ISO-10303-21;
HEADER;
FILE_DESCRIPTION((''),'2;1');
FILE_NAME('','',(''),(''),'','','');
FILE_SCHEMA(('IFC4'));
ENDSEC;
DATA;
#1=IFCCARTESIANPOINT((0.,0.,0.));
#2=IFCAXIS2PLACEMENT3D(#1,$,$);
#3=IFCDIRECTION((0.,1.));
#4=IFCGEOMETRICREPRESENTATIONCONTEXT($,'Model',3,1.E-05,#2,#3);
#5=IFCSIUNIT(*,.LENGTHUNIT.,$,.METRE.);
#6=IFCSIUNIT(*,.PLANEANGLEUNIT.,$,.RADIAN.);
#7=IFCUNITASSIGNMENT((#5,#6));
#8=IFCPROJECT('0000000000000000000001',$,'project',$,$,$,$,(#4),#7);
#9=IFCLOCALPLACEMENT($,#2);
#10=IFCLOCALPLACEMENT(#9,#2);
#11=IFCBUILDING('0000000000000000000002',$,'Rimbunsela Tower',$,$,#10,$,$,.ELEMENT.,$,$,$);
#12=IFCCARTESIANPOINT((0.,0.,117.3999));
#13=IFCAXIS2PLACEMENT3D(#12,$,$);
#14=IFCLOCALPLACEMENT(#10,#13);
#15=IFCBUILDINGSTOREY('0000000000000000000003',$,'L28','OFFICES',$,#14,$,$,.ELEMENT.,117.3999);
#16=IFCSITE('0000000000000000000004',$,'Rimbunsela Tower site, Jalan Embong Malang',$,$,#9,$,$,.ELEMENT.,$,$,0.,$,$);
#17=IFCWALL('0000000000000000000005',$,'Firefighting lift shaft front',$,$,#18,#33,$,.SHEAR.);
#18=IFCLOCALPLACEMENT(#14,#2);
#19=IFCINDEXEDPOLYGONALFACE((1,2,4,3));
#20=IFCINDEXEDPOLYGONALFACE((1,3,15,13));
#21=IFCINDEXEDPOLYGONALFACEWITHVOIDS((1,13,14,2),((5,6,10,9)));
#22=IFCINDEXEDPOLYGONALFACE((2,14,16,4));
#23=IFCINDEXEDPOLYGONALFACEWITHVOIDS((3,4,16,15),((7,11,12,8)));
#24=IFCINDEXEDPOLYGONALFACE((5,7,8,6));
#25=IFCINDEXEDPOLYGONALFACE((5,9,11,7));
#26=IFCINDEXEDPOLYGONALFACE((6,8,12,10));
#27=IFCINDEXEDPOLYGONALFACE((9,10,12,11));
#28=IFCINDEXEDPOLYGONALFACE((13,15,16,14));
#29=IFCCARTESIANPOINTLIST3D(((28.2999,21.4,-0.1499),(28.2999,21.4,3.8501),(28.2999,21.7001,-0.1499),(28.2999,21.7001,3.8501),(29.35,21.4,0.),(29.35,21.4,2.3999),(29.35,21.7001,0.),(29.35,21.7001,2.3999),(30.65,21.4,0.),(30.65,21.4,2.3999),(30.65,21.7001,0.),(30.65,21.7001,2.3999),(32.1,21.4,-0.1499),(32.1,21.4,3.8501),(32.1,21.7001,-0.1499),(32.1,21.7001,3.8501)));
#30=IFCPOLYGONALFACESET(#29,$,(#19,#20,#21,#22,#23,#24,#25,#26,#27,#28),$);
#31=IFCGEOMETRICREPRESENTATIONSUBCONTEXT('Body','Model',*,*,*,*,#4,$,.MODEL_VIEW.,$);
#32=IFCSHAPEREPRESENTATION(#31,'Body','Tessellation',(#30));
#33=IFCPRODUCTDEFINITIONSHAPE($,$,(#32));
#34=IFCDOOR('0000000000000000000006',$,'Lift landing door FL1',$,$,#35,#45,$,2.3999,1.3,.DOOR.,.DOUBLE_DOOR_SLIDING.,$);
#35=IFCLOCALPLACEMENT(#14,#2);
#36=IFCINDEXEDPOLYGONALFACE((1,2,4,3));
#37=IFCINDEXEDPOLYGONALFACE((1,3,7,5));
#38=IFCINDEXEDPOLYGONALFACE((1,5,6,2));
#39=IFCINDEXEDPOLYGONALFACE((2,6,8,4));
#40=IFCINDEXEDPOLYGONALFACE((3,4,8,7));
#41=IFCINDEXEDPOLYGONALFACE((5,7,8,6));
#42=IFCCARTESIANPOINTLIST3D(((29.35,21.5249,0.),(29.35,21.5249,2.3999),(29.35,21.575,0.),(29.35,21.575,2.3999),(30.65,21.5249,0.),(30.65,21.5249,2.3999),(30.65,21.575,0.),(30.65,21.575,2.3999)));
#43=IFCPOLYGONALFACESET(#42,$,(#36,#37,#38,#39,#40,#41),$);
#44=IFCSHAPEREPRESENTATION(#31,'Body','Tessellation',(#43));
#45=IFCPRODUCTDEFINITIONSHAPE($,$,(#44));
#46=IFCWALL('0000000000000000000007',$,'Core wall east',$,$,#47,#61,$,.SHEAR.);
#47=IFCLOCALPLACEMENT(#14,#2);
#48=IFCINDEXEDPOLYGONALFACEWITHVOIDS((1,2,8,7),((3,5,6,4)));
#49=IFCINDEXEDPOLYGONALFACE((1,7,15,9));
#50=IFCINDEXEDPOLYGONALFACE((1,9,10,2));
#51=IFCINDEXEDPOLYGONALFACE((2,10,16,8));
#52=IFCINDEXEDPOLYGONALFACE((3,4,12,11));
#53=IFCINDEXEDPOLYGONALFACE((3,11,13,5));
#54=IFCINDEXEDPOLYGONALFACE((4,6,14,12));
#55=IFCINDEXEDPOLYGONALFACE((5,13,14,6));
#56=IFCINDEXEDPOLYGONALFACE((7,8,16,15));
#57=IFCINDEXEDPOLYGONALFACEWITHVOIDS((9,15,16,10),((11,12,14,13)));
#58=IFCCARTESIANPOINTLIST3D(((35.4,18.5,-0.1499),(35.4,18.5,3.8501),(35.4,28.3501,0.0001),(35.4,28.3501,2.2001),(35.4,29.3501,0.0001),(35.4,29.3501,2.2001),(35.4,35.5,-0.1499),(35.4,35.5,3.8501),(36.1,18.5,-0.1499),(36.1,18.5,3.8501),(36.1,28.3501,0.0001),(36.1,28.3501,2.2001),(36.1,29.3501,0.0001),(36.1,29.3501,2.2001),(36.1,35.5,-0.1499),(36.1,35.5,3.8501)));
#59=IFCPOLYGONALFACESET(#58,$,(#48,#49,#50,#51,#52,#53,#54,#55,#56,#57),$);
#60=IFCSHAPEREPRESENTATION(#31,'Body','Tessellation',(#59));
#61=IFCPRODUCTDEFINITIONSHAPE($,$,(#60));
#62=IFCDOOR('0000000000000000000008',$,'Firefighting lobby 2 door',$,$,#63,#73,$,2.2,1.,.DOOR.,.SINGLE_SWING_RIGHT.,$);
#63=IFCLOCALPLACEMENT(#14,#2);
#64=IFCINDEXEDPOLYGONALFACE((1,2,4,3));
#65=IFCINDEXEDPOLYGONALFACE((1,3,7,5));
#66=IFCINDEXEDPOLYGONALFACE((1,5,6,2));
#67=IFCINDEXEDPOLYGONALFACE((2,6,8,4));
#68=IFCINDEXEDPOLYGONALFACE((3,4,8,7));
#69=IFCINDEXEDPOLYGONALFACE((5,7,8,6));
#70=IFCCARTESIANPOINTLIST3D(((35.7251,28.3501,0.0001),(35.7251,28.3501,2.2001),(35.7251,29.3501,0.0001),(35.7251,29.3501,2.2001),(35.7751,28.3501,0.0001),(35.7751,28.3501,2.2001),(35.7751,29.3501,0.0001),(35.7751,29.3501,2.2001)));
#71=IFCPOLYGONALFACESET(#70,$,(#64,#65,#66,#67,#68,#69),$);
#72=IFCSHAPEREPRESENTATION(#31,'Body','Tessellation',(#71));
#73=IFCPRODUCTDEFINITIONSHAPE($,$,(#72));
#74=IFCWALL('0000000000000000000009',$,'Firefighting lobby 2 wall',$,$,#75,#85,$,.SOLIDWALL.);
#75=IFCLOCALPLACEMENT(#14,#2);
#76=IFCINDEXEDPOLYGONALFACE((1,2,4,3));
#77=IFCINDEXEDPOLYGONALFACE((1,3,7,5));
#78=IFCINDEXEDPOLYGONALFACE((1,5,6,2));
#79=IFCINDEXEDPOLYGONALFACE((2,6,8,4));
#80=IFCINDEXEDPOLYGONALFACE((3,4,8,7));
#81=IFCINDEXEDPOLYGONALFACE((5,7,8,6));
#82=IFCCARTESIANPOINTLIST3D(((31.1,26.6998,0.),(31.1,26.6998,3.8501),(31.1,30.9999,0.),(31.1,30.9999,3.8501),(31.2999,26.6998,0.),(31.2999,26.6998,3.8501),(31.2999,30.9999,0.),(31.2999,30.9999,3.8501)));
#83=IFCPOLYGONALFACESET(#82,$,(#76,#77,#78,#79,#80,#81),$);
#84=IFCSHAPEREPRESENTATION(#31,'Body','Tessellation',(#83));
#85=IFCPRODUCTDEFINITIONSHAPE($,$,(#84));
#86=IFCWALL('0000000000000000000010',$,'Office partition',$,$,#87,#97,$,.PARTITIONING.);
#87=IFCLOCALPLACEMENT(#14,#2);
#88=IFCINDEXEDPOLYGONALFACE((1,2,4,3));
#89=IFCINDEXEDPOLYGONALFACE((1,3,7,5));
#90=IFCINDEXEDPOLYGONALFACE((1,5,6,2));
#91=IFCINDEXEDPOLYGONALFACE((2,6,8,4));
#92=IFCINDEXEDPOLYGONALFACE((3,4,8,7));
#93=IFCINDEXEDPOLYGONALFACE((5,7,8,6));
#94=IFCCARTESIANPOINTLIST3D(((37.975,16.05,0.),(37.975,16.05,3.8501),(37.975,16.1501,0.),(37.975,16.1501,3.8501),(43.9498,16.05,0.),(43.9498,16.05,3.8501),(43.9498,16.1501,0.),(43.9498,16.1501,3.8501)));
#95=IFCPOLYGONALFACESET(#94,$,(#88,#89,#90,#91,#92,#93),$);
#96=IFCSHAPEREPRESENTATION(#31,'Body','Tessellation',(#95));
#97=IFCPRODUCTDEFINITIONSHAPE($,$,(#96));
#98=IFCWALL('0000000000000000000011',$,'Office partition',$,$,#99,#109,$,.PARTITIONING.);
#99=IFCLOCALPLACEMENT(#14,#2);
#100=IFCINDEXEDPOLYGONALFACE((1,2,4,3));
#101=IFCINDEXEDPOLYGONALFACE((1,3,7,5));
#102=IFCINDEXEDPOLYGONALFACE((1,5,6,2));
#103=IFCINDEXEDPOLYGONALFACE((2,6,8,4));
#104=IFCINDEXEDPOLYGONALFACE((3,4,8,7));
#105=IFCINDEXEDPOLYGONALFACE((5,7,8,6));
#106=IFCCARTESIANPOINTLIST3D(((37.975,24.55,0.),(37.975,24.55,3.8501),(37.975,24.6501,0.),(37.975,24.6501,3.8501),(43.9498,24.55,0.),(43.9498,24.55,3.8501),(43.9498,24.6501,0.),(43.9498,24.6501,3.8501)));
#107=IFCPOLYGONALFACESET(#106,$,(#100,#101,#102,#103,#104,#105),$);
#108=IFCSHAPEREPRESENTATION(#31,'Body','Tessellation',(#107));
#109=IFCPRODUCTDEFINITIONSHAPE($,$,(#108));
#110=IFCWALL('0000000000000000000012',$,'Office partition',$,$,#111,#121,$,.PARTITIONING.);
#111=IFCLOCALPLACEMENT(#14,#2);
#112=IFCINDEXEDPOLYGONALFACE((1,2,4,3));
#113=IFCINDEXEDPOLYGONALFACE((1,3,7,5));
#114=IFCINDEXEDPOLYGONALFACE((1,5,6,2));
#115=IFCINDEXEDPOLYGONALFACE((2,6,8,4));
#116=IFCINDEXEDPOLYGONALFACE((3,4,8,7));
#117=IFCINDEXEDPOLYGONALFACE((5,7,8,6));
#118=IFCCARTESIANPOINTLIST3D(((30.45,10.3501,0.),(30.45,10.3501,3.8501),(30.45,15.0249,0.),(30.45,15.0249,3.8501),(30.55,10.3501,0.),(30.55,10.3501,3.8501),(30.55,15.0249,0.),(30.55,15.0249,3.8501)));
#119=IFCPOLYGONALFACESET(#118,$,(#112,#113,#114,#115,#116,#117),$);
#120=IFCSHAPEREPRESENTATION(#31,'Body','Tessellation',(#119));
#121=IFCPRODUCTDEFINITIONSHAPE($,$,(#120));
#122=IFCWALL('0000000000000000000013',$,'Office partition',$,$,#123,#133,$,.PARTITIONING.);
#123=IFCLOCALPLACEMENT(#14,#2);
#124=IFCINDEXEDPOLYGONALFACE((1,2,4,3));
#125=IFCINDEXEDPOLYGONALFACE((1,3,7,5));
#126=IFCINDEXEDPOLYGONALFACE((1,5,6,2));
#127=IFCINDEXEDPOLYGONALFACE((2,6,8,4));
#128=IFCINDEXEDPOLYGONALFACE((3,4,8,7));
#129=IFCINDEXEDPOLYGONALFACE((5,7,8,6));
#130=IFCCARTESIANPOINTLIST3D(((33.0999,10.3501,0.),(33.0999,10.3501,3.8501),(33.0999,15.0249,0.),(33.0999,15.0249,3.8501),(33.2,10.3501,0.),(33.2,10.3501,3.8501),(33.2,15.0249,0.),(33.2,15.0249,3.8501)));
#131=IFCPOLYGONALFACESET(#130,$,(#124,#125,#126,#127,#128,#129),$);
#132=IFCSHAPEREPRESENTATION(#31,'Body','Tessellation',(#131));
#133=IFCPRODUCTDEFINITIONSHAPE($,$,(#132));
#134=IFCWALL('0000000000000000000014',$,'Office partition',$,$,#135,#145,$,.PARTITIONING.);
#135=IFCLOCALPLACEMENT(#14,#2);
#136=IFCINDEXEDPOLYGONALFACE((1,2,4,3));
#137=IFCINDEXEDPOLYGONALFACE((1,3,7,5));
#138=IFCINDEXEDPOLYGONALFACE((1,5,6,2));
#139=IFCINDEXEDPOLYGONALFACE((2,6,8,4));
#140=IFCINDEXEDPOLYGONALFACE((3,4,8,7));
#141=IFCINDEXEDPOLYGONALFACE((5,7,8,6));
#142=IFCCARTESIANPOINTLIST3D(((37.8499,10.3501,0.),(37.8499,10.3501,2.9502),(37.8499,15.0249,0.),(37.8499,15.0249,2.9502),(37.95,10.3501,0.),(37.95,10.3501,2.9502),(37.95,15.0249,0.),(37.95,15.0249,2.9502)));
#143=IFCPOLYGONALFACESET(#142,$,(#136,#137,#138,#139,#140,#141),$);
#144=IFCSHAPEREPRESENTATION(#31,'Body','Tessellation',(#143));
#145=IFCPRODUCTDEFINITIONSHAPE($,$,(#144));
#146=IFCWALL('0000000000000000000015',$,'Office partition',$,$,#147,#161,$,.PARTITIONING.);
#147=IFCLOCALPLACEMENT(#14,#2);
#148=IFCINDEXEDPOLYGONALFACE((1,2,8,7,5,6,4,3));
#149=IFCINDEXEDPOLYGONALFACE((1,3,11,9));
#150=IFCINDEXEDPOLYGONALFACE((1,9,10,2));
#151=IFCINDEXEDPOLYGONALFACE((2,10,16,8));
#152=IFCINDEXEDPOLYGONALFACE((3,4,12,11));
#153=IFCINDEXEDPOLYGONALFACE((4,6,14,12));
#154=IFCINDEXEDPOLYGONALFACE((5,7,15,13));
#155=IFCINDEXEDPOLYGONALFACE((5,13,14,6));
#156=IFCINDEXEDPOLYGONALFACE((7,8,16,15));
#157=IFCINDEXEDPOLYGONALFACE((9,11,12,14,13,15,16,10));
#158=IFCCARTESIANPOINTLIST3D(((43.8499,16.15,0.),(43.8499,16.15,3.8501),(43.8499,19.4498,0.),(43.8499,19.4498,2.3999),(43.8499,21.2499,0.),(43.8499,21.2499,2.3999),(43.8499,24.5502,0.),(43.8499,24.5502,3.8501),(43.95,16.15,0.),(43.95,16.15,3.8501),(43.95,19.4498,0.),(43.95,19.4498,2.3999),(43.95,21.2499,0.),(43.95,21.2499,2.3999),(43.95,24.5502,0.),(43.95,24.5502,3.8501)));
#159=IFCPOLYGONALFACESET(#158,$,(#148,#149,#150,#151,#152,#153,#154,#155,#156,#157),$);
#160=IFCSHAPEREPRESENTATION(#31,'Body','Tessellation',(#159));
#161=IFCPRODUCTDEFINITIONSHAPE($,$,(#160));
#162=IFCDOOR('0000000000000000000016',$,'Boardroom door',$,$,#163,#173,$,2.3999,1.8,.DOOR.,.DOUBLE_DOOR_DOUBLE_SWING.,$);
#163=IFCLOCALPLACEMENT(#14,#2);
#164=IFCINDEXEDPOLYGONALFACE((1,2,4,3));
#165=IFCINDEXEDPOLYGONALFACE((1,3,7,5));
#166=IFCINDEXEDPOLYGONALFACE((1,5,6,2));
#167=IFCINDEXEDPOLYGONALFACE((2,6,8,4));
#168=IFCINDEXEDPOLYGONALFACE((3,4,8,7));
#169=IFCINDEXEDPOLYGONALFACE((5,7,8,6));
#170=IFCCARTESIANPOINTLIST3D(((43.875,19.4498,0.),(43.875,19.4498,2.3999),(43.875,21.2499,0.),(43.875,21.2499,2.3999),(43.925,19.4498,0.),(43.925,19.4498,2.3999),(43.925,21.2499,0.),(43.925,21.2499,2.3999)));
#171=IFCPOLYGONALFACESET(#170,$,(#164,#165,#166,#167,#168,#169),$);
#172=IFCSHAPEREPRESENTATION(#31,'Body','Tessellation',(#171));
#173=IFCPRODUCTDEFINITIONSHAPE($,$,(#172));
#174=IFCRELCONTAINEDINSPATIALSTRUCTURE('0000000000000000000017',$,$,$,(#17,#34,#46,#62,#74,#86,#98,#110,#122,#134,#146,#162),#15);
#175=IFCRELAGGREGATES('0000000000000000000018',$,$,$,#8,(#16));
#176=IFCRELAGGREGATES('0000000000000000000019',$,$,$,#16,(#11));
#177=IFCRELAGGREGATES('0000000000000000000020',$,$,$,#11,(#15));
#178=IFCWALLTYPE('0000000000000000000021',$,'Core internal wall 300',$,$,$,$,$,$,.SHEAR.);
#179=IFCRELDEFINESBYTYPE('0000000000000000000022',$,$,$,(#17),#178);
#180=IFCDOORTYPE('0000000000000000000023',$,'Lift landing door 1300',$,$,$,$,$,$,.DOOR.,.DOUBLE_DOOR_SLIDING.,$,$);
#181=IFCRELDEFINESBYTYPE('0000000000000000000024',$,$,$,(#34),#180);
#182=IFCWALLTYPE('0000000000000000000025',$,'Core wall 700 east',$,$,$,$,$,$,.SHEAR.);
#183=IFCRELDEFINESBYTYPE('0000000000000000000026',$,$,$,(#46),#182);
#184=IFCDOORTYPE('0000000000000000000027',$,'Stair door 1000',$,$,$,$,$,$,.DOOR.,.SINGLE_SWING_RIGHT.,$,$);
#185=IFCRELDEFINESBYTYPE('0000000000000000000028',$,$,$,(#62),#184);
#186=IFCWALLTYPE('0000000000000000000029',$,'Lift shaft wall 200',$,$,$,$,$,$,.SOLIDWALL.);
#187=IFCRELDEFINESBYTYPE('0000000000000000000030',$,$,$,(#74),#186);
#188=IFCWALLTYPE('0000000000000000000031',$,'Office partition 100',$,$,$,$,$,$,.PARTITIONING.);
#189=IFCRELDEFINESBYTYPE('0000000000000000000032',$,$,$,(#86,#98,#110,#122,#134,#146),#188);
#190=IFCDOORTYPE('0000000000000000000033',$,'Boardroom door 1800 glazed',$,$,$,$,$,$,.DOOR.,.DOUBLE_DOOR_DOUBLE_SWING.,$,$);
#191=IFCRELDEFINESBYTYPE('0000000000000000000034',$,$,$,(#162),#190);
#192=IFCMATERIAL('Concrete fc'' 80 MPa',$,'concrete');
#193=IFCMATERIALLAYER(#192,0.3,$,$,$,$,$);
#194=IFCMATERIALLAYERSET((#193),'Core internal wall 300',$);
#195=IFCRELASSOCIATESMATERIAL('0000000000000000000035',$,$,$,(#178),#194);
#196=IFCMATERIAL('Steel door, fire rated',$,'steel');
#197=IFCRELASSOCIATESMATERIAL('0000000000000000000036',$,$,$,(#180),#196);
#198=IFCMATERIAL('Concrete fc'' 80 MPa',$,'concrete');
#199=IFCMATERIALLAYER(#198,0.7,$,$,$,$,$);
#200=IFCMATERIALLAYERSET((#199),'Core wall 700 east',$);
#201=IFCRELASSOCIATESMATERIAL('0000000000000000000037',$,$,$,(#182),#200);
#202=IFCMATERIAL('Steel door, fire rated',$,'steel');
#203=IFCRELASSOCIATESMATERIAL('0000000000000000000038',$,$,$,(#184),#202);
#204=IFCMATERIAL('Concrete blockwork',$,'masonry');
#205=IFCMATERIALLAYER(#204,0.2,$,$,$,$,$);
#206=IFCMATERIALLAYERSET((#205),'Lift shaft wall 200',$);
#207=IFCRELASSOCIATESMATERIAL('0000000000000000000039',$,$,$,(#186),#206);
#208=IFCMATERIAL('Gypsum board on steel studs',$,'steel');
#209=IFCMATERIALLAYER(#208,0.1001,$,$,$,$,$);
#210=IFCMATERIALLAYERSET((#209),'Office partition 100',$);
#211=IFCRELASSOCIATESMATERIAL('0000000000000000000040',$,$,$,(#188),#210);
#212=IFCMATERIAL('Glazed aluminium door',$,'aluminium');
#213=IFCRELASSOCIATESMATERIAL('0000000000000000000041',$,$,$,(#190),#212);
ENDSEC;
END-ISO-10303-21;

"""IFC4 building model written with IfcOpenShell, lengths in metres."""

from ifc_helpers import new_model, si_unit, direction, frame, frame_2d, origin, place, context, subcontext, project, spatial, rectangle, extrude, material, layer, layer_set, type_object, element, fill, save


model = new_model("IFC4")

# Units and contexts
model_context = context("Model", 3, precision=1e-05, world=origin(), true_north=direction((0.0, 1.0)))
body_context = subcontext(model_context, "Body", "Model", "MODEL_VIEW")
ifc_project = project(units=[si_unit("LENGTHUNIT", "METRE"), si_unit("PLANEANGLEUNIT", "RADIAN")], contexts=[model_context])

# Site, building, storey
site_placement = place(None, origin())
site = spatial("IfcSite", under=ifc_project, at=site_placement, Name="Rimbunsela Tower site, Jalan Embong Malang", CompositionType="ELEMENT", RefElevation=0.0)
building_placement = place(site_placement, origin())
building = spatial("IfcBuilding", under=site, at=building_placement, Name="Rimbunsela Tower", CompositionType="ELEMENT")
storey_placement = place(building_placement, frame((0.0, 0.0, 117.3999)))
storey = spatial("IfcBuildingStorey", under=building, at=storey_placement, Name="L28", Description="OFFICES", CompositionType="ELEMENT", Elevation=117.3999)

# Shared definitions
ifc_material_1 = material(Name="Concrete fc' 80 MPa", Category="concrete")
ifc_layer_1 = layer(ifc_material_1, 0.3)
ifc_layer_set_1 = layer_set([ifc_layer_1], Name="Core internal wall 300")
wall_type_1 = type_object("IfcWallType", Name="Core internal wall 300", PredefinedType="SHEAR", material=ifc_layer_set_1)

# Walls, openings, doors
wall_1_placement = place(storey_placement, frame((28.3, 21.55, -0.1499), z_axis=(0.0, 0.0, 1.0), x_axis=(1.0, 0.0, 0.0)))
wall_1 = element("IfcWall", 1, at=wall_1_placement, inside=storey, type_object=wall_type_1, Name="Firefighting lift shaft front", PredefinedType="SHEAR", context=body_context, shape_type="SweptSolid", body=[
    extrude(rectangle(XDim=3.8, YDim=0.3, at=frame_2d((1.8999, 0.0))), origin(), (0.0, 0.0, 1.0), 4.0),
])
opening_1_placement = place(wall_1_placement, frame((1.05, 0.0, 0.1499)))
opening_1 = element("IfcOpeningElement", 2, at=opening_1_placement, cuts=wall_1, PredefinedType="OPENING", context=body_context, shape_type="SweptSolid", body=[
    extrude(rectangle(XDim=1.3, YDim=2.3999, at=frame_2d((0.6499, 1.2))), frame((0.0, 0.1599, 0.0), z_axis=(0.0, -1.0, 0.0), x_axis=(1.0, 0.0, 0.0)), (0.0, 0.0, 1.0), 0.3201),
])
ifc_material_2 = material(Name="Steel door, fire rated", Category="steel")
door_type_1 = type_object("IfcDoorType", Name="Lift landing door 1300", OperationType="DOUBLE_DOOR_SLIDING", PredefinedType="DOOR", material=ifc_material_2)
door_1_placement = place(opening_1_placement, origin())
door_1 = element("IfcDoor", 3, at=door_1_placement, inside=storey, type_object=door_type_1, Name="Lift landing door FL1", OperationType="DOUBLE_DOOR_SLIDING", OverallHeight=2.3999, OverallWidth=1.3, PredefinedType="DOOR", context=body_context, shape_type="SweptSolid", body=[
    extrude(rectangle(XDim=1.3, YDim=2.3999, at=frame_2d((0.6499, 1.2))), frame((0.0, 0.0249, 0.0), z_axis=(0.0, -1.0, 0.0), x_axis=(1.0, 0.0, 0.0)), (0.0, 0.0, 1.0), 0.05),
])
fill(opening_1, door_1)
ifc_material_3 = material(Name="Concrete fc' 80 MPa", Category="concrete")
ifc_layer_2 = layer(ifc_material_3, 0.7)
ifc_layer_set_2 = layer_set([ifc_layer_2], Name="Core wall 700 east")
wall_type_2 = type_object("IfcWallType", Name="Core wall 700 east", PredefinedType="SHEAR", material=ifc_layer_set_2)
wall_2_placement = place(storey_placement, frame((35.75, 18.5, -0.1499), z_axis=(0.0, 0.0, 1.0), x_axis=(0.0, 1.0, 0.0)))
wall_2 = element("IfcWall", 4, at=wall_2_placement, inside=storey, type_object=wall_type_2, Name="Core wall east", PredefinedType="SHEAR", context=body_context, shape_type="SweptSolid", body=[
    extrude(rectangle(XDim=17.0, YDim=0.7, at=frame_2d((8.5, 0.0))), origin(), (0.0, 0.0, 1.0), 4.0),
])
opening_2_placement = place(wall_2_placement, frame((9.8501, 0.0, 0.1499)))
opening_2 = element("IfcOpeningElement", 5, at=opening_2_placement, cuts=wall_2, PredefinedType="OPENING", context=body_context, shape_type="SweptSolid", body=[
    extrude(rectangle(XDim=1.0, YDim=2.2, at=frame_2d((0.5, 1.1001))), frame((0.0, 0.3599, 0.0), z_axis=(0.0, -1.0, 0.0), x_axis=(1.0, 0.0, 0.0)), (0.0, 0.0, 1.0), 0.72),
])
ifc_material_4 = material(Name="Steel door, fire rated", Category="steel")
door_type_2 = type_object("IfcDoorType", Name="Stair door 1000", OperationType="SINGLE_SWING_RIGHT", PredefinedType="DOOR", material=ifc_material_4)
door_2_placement = place(opening_2_placement, origin())
door_2 = element("IfcDoor", 6, at=door_2_placement, inside=storey, type_object=door_type_2, Name="Firefighting lobby 2 door", OperationType="SINGLE_SWING_RIGHT", OverallHeight=2.2, OverallWidth=1.0, PredefinedType="DOOR", context=body_context, shape_type="SweptSolid", body=[
    extrude(rectangle(XDim=1.0, YDim=2.2, at=frame_2d((0.5, 1.1001))), frame((0.0, 0.0249, 0.0), z_axis=(0.0, -1.0, 0.0), x_axis=(1.0, 0.0, 0.0)), (0.0, 0.0, 1.0), 0.05),
])
fill(opening_2, door_2)

# Walls
ifc_material_5 = material(Name="Concrete blockwork", Category="masonry")
ifc_layer_3 = layer(ifc_material_5, 0.2)
ifc_layer_set_3 = layer_set([ifc_layer_3], Name="Lift shaft wall 200")
wall_type_3 = type_object("IfcWallType", Name="Lift shaft wall 200", PredefinedType="SOLIDWALL", material=ifc_layer_set_3)
wall_3_placement = place(storey_placement, frame((31.2, 26.7, 0.0), z_axis=(0.0, 0.0, 1.0), x_axis=(0.0, 1.0, 0.0)))
element("IfcWall", 7, at=wall_3_placement, inside=storey, type_object=wall_type_3, Name="Firefighting lobby 2 wall", PredefinedType="SOLIDWALL", context=body_context, shape_type="SweptSolid", body=[
    extrude(rectangle(XDim=4.3, YDim=0.2, at=frame_2d((2.1499, 0.0))), origin(), (0.0, 0.0, 1.0), 3.8501),
])
ifc_material_6 = material(Name="Gypsum board on steel studs", Category="steel")
ifc_layer_4 = layer(ifc_material_6, 0.1001)
ifc_layer_set_4 = layer_set([ifc_layer_4], Name="Office partition 100")
wall_type_4 = type_object("IfcWallType", Name="Office partition 100", PredefinedType="PARTITIONING", material=ifc_layer_set_4)
for number, where, z_axis, x_axis, name in (
    (8, (37.9751, 16.1001, 0.0), (0.0, 0.0, 1.0), (1.0, 0.0, 0.0), "Office partition"),
    (9, (37.9751, 24.6001, 0.0), (0.0, 0.0, 1.0), (1.0, 0.0, 0.0), "Office partition"),
):
    element("IfcWall", number, at=place(storey_placement, frame(where, z_axis=z_axis, x_axis=x_axis)), inside=storey, type_object=wall_type_4, Name=name, PredefinedType="PARTITIONING", context=body_context, shape_type="SweptSolid", body=[
        extrude(rectangle(XDim=5.9749, YDim=0.1001, at=frame_2d((2.9873, 0.0))), origin(), (0.0, 0.0, 1.0), 3.8501),
    ])
for number, where, z_axis, x_axis, name in (
    (10, (30.5, 10.3501, 0.0), (0.0, 0.0, 1.0), (0.0, 1.0, 0.0), "Office partition"),
    (11, (33.1499, 10.3501, 0.0), (0.0, 0.0, 1.0), (0.0, 1.0, 0.0), "Office partition"),
):
    element("IfcWall", number, at=place(storey_placement, frame(where, z_axis=z_axis, x_axis=x_axis)), inside=storey, type_object=wall_type_4, Name=name, PredefinedType="PARTITIONING", context=body_context, shape_type="SweptSolid", body=[
        extrude(rectangle(XDim=4.6748, YDim=0.1001, at=frame_2d((2.3374, 0.0))), origin(), (0.0, 0.0, 1.0), 3.8501),
    ])
wall_4_placement = place(storey_placement, frame((37.8999, 10.3501, 0.0), z_axis=(0.0, 0.0, 1.0), x_axis=(0.0, 1.0, 0.0)))
element("IfcWall", 12, at=wall_4_placement, inside=storey, type_object=wall_type_4, Name="Office partition", PredefinedType="PARTITIONING", context=body_context, shape_type="SweptSolid", body=[
    extrude(rectangle(XDim=4.6748, YDim=0.1001, at=frame_2d((2.3374, 0.0))), origin(), (0.0, 0.0, 1.0), 2.9502),
])

# Wall, opening, door
wall_5_placement = place(storey_placement, frame((43.8999, 16.1499, 0.0), z_axis=(0.0, 0.0, 1.0), x_axis=(0.0, 1.0, 0.0)))
wall_5 = element("IfcWall", 13, at=wall_5_placement, inside=storey, type_object=wall_type_4, Name="Office partition", PredefinedType="PARTITIONING", context=body_context, shape_type="SweptSolid", body=[
    extrude(rectangle(XDim=8.4001, YDim=0.1001, at=frame_2d((4.2002, 0.0))), origin(), (0.0, 0.0, 1.0), 3.8501),
])
opening_3_placement = place(wall_5_placement, frame((3.3, 0.0, 0.0)))
opening_3 = element("IfcOpeningElement", 14, at=opening_3_placement, cuts=wall_5, PredefinedType="OPENING", context=body_context, shape_type="SweptSolid", body=[
    extrude(rectangle(XDim=1.8, YDim=2.3999, at=frame_2d((0.8999, 1.2))), frame((0.0, 0.0601, 0.0), z_axis=(0.0, -1.0, 0.0), x_axis=(1.0, 0.0, 0.0)), (0.0, 0.0, 1.0), 0.1201),
])
ifc_material_7 = material(Name="Glazed aluminium door", Category="aluminium")
door_type_3 = type_object("IfcDoorType", Name="Boardroom door 1800 glazed", OperationType="DOUBLE_DOOR_DOUBLE_SWING", PredefinedType="DOOR", material=ifc_material_7)
door_3_placement = place(opening_3_placement, origin())
door_3 = element("IfcDoor", 15, at=door_3_placement, inside=storey, type_object=door_type_3, Name="Boardroom door", OperationType="DOUBLE_DOOR_DOUBLE_SWING", OverallHeight=2.3999, OverallWidth=1.8, PredefinedType="DOOR", context=body_context, shape_type="SweptSolid", body=[
    extrude(rectangle(XDim=1.8, YDim=2.3999, at=frame_2d((0.8999, 1.2))), frame((0.0, 0.0249, 0.0), z_axis=(0.0, -1.0, 0.0), x_axis=(1.0, 0.0, 0.0)), (0.0, 0.0, 1.0), 0.05),
])
fill(opening_3, door_3)

save(model, "model.ifc")
